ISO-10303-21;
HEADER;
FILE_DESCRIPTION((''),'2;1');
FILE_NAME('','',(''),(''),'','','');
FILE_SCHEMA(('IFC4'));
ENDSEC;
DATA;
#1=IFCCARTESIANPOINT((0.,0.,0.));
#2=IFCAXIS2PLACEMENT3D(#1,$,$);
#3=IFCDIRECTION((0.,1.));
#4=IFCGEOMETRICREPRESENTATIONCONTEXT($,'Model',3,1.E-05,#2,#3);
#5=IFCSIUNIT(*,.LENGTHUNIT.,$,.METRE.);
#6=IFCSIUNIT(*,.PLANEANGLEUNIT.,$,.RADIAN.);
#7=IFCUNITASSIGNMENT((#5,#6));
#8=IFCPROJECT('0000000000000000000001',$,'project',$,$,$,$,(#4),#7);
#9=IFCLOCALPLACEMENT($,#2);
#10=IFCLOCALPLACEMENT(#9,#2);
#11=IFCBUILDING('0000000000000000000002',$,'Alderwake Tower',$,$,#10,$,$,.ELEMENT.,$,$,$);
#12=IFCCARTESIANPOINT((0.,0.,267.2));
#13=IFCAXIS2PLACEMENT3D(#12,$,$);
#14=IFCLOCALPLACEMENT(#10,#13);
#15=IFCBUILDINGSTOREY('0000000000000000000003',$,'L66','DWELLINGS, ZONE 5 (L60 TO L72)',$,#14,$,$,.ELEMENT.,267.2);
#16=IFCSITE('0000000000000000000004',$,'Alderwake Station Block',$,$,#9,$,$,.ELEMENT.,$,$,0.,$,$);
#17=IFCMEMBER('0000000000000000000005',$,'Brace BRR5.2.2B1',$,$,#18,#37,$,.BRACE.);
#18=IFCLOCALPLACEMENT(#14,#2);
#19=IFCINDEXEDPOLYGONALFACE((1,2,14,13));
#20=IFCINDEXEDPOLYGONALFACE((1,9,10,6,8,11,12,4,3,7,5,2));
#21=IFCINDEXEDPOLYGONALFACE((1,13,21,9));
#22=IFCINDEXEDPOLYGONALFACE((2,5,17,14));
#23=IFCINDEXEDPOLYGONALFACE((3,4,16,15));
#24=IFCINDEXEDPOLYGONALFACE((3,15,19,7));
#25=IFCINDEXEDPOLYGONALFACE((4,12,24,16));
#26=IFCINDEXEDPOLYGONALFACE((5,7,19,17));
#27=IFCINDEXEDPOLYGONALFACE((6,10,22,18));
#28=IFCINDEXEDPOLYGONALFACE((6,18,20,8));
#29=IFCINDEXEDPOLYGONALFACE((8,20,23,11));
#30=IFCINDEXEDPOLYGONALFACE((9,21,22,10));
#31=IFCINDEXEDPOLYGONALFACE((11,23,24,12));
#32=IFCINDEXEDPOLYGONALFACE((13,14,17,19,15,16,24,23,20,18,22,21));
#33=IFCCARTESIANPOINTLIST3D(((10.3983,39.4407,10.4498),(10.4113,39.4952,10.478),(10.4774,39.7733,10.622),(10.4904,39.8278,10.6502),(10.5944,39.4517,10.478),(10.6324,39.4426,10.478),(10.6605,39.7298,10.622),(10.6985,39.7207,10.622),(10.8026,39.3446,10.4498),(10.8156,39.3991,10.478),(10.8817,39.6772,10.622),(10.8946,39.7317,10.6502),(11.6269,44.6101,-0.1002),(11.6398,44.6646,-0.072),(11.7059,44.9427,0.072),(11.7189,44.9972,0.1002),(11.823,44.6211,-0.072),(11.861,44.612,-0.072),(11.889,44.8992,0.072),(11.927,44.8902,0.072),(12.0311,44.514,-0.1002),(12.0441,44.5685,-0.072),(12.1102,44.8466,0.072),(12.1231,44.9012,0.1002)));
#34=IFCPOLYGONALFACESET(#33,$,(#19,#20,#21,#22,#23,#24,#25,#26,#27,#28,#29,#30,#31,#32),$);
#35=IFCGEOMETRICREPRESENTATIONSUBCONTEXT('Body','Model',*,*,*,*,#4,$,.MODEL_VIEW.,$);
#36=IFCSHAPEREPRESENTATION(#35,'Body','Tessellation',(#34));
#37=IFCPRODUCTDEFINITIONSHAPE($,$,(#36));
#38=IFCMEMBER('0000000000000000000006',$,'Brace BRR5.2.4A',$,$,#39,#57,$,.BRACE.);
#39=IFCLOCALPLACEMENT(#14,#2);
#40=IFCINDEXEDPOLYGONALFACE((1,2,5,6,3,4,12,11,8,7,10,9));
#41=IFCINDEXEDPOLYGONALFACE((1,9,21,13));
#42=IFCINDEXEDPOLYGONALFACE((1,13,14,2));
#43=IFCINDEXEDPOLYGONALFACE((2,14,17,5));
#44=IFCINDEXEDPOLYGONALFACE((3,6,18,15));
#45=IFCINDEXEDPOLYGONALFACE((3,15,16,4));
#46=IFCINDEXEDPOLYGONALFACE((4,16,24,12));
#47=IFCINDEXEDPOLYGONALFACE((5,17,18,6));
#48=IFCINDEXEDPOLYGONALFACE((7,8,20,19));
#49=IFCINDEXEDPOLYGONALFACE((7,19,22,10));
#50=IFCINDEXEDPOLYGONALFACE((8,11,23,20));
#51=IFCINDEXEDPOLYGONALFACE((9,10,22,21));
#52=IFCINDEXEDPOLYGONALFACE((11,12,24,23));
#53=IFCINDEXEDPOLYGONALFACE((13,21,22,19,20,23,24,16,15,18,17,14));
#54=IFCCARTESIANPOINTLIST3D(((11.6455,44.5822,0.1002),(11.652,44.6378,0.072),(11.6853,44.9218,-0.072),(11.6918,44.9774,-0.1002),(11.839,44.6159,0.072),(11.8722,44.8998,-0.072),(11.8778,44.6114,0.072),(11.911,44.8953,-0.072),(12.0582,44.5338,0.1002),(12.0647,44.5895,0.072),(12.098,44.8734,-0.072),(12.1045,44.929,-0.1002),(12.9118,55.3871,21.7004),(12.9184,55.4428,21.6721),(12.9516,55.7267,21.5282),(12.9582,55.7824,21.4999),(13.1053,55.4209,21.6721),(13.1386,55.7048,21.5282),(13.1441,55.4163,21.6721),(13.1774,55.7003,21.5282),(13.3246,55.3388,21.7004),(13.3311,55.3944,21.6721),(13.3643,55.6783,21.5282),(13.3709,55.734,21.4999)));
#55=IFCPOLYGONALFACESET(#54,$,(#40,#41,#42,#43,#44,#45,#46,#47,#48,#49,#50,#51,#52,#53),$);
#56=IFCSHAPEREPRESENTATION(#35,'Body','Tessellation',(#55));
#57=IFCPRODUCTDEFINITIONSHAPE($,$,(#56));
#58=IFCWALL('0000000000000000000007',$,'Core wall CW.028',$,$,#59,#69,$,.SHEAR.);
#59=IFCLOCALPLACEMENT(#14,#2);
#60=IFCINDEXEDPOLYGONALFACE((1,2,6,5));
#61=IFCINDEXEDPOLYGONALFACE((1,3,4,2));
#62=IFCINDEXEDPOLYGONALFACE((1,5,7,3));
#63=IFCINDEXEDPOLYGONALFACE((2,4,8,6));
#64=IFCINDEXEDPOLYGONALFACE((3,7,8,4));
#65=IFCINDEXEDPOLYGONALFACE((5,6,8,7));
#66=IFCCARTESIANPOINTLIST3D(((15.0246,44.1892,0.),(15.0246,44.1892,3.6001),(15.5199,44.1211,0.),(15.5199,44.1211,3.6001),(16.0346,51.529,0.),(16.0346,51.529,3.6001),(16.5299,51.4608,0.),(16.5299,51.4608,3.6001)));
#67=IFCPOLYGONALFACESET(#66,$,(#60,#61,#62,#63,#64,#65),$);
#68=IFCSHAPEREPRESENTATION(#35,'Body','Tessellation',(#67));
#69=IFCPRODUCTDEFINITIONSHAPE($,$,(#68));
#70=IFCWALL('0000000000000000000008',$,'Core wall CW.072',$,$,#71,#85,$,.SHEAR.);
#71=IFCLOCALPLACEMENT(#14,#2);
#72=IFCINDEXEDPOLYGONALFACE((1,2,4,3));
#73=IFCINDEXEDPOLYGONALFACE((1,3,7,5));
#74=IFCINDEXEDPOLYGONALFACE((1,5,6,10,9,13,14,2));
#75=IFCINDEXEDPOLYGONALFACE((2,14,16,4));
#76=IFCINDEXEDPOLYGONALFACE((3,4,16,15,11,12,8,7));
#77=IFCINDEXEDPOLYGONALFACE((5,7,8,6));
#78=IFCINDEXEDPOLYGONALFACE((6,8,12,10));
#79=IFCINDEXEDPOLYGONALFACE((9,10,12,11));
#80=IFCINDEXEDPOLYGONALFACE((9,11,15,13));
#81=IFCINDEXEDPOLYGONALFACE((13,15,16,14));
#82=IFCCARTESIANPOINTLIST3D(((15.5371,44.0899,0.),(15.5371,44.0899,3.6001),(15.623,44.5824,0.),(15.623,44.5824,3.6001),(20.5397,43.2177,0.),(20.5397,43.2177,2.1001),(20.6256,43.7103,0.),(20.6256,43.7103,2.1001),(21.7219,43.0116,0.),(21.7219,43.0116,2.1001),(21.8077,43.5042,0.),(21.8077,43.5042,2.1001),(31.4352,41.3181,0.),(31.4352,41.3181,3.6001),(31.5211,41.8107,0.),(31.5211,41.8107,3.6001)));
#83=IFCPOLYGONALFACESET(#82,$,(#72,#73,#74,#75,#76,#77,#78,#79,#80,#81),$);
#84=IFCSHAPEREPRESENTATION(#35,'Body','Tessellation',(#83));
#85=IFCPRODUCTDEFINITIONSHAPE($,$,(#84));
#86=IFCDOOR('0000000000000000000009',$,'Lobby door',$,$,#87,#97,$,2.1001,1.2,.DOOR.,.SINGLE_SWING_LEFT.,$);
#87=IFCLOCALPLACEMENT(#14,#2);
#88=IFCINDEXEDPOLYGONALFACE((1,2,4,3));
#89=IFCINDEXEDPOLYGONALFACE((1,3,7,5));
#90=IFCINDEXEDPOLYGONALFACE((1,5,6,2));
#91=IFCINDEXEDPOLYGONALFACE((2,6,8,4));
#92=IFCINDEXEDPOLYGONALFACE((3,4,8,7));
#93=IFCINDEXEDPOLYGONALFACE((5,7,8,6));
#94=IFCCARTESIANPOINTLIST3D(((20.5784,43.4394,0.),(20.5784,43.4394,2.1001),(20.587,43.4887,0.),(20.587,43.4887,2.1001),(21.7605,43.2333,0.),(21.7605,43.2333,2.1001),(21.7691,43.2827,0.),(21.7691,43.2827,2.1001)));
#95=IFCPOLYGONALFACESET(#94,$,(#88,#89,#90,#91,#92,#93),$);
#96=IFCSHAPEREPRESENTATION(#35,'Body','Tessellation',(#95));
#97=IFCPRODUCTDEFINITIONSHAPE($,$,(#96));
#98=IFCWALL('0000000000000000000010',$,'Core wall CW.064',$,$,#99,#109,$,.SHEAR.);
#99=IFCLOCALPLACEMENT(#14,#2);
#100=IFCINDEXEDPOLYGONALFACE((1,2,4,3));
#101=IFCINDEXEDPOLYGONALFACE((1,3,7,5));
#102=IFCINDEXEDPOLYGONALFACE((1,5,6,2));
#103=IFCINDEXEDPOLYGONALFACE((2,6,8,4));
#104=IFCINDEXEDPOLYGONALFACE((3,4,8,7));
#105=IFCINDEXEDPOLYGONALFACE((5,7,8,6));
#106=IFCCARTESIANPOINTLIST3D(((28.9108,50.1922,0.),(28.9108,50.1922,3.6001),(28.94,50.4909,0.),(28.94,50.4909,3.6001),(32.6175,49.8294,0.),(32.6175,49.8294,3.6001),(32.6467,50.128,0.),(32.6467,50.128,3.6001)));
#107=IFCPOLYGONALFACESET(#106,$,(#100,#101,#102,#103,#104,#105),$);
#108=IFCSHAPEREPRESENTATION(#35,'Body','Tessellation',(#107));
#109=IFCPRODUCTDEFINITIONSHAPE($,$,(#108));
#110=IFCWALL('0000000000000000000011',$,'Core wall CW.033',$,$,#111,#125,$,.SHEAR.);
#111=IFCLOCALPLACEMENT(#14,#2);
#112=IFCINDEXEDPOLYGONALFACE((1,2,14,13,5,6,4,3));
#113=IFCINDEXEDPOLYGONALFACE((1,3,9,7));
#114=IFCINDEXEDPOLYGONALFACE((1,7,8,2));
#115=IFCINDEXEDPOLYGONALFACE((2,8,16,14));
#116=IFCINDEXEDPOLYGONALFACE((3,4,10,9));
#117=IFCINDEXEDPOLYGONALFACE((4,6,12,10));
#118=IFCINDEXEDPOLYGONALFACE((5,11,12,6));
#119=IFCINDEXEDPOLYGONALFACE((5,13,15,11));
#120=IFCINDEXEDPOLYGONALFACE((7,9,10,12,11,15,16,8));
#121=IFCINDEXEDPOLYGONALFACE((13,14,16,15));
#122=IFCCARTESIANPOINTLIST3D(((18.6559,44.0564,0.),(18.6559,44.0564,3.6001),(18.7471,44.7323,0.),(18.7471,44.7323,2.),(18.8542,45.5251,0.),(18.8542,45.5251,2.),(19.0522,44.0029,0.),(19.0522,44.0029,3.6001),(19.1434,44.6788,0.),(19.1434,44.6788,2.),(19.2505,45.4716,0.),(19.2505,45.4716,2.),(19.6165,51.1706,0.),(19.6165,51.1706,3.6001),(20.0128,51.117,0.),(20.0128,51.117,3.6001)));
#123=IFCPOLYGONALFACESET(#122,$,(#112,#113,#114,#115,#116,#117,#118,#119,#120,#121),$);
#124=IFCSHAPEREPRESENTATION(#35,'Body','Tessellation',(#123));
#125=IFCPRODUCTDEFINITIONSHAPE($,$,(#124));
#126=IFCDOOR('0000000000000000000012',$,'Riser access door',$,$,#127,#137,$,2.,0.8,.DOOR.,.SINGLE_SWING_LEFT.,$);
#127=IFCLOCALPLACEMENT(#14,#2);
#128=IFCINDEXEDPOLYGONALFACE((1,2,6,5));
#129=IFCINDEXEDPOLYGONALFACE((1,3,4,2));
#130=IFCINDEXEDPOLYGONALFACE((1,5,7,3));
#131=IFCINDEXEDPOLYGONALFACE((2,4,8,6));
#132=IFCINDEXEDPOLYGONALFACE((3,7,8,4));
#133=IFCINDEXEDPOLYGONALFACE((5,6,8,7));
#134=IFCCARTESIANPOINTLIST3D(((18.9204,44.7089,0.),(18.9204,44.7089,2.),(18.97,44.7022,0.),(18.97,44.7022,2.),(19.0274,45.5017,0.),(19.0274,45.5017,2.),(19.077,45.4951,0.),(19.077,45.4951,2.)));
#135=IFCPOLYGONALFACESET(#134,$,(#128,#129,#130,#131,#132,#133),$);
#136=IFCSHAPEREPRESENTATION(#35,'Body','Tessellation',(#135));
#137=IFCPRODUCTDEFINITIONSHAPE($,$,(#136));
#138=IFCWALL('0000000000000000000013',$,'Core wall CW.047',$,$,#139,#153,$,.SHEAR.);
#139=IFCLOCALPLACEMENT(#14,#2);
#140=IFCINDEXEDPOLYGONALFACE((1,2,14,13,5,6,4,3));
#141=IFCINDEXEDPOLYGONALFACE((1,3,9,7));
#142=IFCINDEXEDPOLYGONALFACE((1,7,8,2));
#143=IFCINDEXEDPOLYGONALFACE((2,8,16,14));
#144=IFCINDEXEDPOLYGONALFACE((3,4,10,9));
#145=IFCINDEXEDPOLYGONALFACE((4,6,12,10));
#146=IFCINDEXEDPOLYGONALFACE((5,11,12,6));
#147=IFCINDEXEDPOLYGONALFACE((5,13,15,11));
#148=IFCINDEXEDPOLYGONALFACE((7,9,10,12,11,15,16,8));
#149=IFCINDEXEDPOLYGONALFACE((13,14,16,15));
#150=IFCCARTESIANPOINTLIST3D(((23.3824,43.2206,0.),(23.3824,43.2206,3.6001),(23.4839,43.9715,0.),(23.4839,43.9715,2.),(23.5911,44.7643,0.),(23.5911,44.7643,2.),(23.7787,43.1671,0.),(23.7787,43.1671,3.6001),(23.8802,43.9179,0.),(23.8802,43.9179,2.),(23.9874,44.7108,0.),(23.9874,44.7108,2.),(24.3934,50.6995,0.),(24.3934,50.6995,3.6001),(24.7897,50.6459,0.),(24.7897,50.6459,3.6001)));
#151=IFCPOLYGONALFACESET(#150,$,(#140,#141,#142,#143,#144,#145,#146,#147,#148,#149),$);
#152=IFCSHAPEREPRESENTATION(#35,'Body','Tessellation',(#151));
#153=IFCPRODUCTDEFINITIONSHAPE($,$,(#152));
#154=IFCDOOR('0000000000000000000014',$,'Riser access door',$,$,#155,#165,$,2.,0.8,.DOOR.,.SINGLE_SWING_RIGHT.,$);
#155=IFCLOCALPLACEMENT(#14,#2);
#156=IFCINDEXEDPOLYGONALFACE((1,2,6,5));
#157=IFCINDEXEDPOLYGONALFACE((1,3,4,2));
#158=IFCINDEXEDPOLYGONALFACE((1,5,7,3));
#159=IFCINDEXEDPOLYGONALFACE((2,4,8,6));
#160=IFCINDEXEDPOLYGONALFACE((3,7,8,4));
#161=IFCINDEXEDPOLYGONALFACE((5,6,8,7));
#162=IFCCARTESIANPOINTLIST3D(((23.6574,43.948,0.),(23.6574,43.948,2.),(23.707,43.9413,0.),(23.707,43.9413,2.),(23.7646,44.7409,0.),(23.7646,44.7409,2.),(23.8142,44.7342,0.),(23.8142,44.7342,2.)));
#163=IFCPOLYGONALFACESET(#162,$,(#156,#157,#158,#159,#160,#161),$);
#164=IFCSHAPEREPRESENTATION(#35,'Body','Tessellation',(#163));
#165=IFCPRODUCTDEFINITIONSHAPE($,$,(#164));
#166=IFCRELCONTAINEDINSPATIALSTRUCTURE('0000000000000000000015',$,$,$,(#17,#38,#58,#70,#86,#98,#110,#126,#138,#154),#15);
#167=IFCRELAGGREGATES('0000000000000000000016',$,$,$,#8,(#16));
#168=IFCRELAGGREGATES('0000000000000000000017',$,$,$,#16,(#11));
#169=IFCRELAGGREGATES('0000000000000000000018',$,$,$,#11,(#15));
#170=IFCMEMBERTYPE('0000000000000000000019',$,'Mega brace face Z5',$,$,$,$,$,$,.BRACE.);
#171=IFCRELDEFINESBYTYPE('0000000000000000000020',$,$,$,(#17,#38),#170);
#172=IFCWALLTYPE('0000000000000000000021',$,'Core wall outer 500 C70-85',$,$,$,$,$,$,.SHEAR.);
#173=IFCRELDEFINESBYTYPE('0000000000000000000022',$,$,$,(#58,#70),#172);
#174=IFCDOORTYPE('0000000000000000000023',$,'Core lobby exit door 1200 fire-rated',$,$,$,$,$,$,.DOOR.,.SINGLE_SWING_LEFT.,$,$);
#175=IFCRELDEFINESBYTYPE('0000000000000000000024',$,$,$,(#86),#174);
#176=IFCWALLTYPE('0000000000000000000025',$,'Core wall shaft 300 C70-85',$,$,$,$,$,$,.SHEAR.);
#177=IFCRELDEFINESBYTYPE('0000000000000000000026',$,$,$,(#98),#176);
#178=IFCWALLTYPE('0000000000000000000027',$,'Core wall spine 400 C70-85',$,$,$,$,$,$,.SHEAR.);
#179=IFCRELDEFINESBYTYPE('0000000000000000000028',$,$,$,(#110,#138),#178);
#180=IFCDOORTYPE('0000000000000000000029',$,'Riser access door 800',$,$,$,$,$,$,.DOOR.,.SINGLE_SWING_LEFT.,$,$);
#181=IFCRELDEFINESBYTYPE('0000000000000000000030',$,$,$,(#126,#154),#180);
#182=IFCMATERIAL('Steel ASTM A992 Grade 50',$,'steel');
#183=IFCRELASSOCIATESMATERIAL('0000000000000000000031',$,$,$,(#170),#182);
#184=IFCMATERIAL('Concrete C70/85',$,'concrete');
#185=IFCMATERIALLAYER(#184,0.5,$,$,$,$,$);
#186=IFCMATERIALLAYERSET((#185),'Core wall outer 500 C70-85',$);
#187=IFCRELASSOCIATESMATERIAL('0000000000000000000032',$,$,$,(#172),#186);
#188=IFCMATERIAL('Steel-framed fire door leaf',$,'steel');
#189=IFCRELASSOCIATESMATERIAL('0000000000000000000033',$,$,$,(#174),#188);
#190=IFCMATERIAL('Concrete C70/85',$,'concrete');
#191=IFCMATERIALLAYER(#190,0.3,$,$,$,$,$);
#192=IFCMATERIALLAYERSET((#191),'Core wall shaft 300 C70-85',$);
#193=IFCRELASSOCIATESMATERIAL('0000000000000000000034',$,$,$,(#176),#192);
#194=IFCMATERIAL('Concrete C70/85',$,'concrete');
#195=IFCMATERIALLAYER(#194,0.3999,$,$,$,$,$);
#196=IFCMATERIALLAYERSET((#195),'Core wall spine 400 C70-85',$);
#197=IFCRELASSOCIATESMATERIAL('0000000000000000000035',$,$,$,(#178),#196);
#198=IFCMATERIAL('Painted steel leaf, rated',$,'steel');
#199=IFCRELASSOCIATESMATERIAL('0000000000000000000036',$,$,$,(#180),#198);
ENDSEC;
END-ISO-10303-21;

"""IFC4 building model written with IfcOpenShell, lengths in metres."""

from ifc_helpers import new_model, si_unit, direction, frame, frame_2d, origin, origin_2d, place, context, subcontext, project, spatial, rectangle, i_section, extrude, material, layer, layer_set, material_profile, profile_set, type_object, element, fill, save


model = new_model("IFC4")

# Units and contexts
model_context = context("Model", 3, precision=1e-05, world=origin(), true_north=direction((0.0, 1.0)))
body_context = subcontext(model_context, "Body", "Model", "MODEL_VIEW")
ifc_project = project(units=[si_unit("LENGTHUNIT", "METRE"), si_unit("PLANEANGLEUNIT", "RADIAN")], contexts=[model_context])

# Site, building, storey
site_placement = place(None, origin())
site = spatial("IfcSite", under=ifc_project, at=site_placement, Name="Alderwake Station Block", CompositionType="ELEMENT", RefElevation=0.0)
building_placement = place(site_placement, origin())
building = spatial("IfcBuilding", under=site, at=building_placement, Name="Alderwake Tower", CompositionType="ELEMENT")
storey_placement = place(building_placement, frame((0.0, 0.0, 267.2)))
storey = spatial("IfcBuildingStorey", under=building, at=storey_placement, Name="L66", Description="DWELLINGS, ZONE 5 (L60 TO L72)", CompositionType="ELEMENT", Elevation=267.2)

# Members
ifc_material_1 = material(Name="Steel ASTM A992 Grade 50", Category="steel")
ifc_material_profile_1 = material_profile(ifc_material_1, i_section(OverallWidth=0.4155, OverallDepth=0.4456, WebThickness=0.0391, FlangeThickness=0.0627, at=origin_2d()), Name="W14X342")
ifc_profile_set_1 = profile_set([ifc_material_profile_1], Name="Steel ASTM A992 Grade 50")
member_type = type_object("IfcMemberType", Name="Mega brace face Z5", PredefinedType="BRACE", material=ifc_profile_set_1)
member_1_placement = place(storey_placement, frame((11.875, 44.7556, 0.0), z_axis=(-0.104001, -0.437623, 0.893124), x_axis=(0.972904, -0.231211, 0.0)))
element("IfcMember", 1, at=member_1_placement, inside=storey, type_object=member_type, Name="Brace BRR5.2.2B1", PredefinedType="BRACE", context=body_context, shape_type="SweptSolid", body=[
    extrude(i_section(OverallWidth=0.4155, OverallDepth=0.4456, WebThickness=0.0391, FlangeThickness=0.0627, at=origin_2d()), origin(), (0.0, 0.0, 1.0), 11.8125),
])
member_2_placement = place(storey_placement, frame((11.875, 44.7556, 0.0), z_axis=(0.052361, 0.446762, 0.893119), x_axis=(-0.993202, 0.116405, 0.0)))
element("IfcMember", 2, at=member_2_placement, inside=storey, type_object=member_type, Name="Brace BRR5.2.4A", PredefinedType="BRACE", context=body_context, shape_type="SweptSolid", body=[
    extrude(i_section(OverallWidth=0.4155, OverallDepth=0.4456, WebThickness=0.0391, FlangeThickness=0.0627, at=origin_2d()), origin(), (0.0, 0.0, 1.0), 24.1851),
])

# Wall
ifc_material_2 = material(Name="Concrete C70/85", Category="concrete")
ifc_layer_1 = layer(ifc_material_2, 0.5)
ifc_layer_set_1 = layer_set([ifc_layer_1], Name="Core wall outer 500 C70-85")
wall_type_1 = type_object("IfcWallType", Name="Core wall outer 500 C70-85", PredefinedType="SHEAR", material=ifc_layer_set_1)
wall_1_placement = place(storey_placement, frame((15.2722, 44.155, 0.0), z_axis=(0.0, 0.0, 1.0), x_axis=(0.136322, 0.990665, 0.0)))
element("IfcWall", 3, at=wall_1_placement, inside=storey, type_object=wall_type_1, Name="Core wall CW.028", PredefinedType="SHEAR", context=body_context, shape_type="SweptSolid", body=[
    extrude(rectangle(XDim=7.4089, YDim=0.5, at=frame_2d((3.7046, 0.0))), origin(), (0.0, 0.0, 1.0), 3.6001),
])

# Wall, opening, door
wall_2_placement = place(storey_placement, frame((31.478, 41.5645, 0.0), z_axis=(0.0, 0.0, 1.0), x_axis=(-0.98514, 0.171752, 0.0)))
wall_2 = element("IfcWall", 4, at=wall_2_placement, inside=storey, type_object=wall_type_1, Name="Core wall CW.072", PredefinedType="SHEAR", context=body_context, shape_type="SweptSolid", body=[
    extrude(rectangle(XDim=16.1379, YDim=0.5, at=frame_2d((8.0688, 0.0))), origin(), (0.0, 0.0, 1.0), 3.6001),
])
opening_1_placement = place(wall_2_placement, frame((9.8596, 0.0, 0.0)))
opening_1 = element("IfcOpeningElement", 5, at=opening_1_placement, cuts=wall_2, PredefinedType="OPENING", context=body_context, shape_type="SweptSolid", body=[
    extrude(rectangle(XDim=1.2, YDim=2.1001, at=frame_2d((0.6001, 1.05))), frame((0.0, 0.26, 0.0), z_axis=(0.0, -1.0, 0.0), x_axis=(1.0, 0.0, 0.0)), (0.0, 0.0, 1.0), 0.52),
])
ifc_material_3 = material(Name="Steel-framed fire door leaf", Category="steel")
door_type_1 = type_object("IfcDoorType", Name="Core lobby exit door 1200 fire-rated", OperationType="SINGLE_SWING_LEFT", PredefinedType="DOOR", material=ifc_material_3)
door_1_placement = place(opening_1_placement, origin())
door_1 = element("IfcDoor", 6, at=door_1_placement, inside=storey, type_object=door_type_1, Name="Lobby door", OperationType="SINGLE_SWING_LEFT", OverallHeight=2.1001, OverallWidth=1.2, PredefinedType="DOOR", context=body_context, shape_type="SweptSolid", body=[
    extrude(rectangle(XDim=1.2, YDim=2.1001, at=frame_2d((0.6001, 1.05))), frame((0.0, 0.0249, 0.0), z_axis=(0.0, -1.0, 0.0), x_axis=(1.0, 0.0, 0.0)), (0.0, 0.0, 1.0), 0.05),
])
fill(opening_1, door_1)

# Wall
ifc_material_4 = material(Name="Concrete C70/85", Category="concrete")
ifc_layer_2 = layer(ifc_material_4, 0.3)
ifc_layer_set_2 = layer_set([ifc_layer_2], Name="Core wall shaft 300 C70-85")
wall_type_2 = type_object("IfcWallType", Name="Core wall shaft 300 C70-85", PredefinedType="SHEAR", material=ifc_layer_set_2)
wall_3_placement = place(storey_placement, frame((28.9253, 50.3416, 0.0), z_axis=(0.0, 0.0, 1.0), x_axis=(0.995244, -0.097414, 0.0)))
element("IfcWall", 7, at=wall_3_placement, inside=storey, type_object=wall_type_2, Name="Core wall CW.064", PredefinedType="SHEAR", context=body_context, shape_type="SweptSolid", body=[
    extrude(rectangle(XDim=3.7244, YDim=0.3, at=frame_2d((1.8623, 0.0))), origin(), (0.0, 0.0, 1.0), 3.6001),
])

# Walls, openings, doors
ifc_material_5 = material(Name="Concrete C70/85", Category="concrete")
ifc_layer_3 = layer(ifc_material_5, 0.3999)
ifc_layer_set_3 = layer_set([ifc_layer_3], Name="Core wall spine 400 C70-85")
wall_type_3 = type_object("IfcWallType", Name="Core wall spine 400 C70-85", PredefinedType="SHEAR", material=ifc_layer_set_3)
wall_4_placement = place(storey_placement, frame((19.8147, 51.1438, 0.0), z_axis=(0.0, 0.0, 1.0), x_axis=(-0.133823, -0.991005, 0.0)))
wall_4 = element("IfcWall", 8, at=wall_4_placement, inside=storey, type_object=wall_type_3, Name="Core wall CW.033", PredefinedType="SHEAR", context=body_context, shape_type="SweptSolid", body=[
    extrude(rectangle(XDim=7.1787, YDim=0.3999, at=frame_2d((3.5894, 0.0))), origin(), (0.0, 0.0, 1.0), 3.6001),
])
opening_2_placement = place(wall_4_placement, frame((5.6968, 0.0, 0.0)))
opening_2 = element("IfcOpeningElement", 9, at=opening_2_placement, cuts=wall_4, PredefinedType="OPENING", context=body_context, shape_type="SweptSolid", body=[
    extrude(rectangle(XDim=0.8, YDim=2.0, at=frame_2d((0.3999, 1.0))), frame((0.0, 0.21, 0.0), z_axis=(0.0, -1.0, 0.0), x_axis=(1.0, 0.0, 0.0)), (0.0, 0.0, 1.0), 0.4199),
])
ifc_material_6 = material(Name="Painted steel leaf, rated", Category="steel")
door_type_2 = type_object("IfcDoorType", Name="Riser access door 800", OperationType="SINGLE_SWING_LEFT", PredefinedType="DOOR", material=ifc_material_6)
door_2_placement = place(opening_2_placement, origin())
door_2 = element("IfcDoor", 10, at=door_2_placement, inside=storey, type_object=door_type_2, Name="Riser access door", OperationType="SINGLE_SWING_LEFT", OverallHeight=2.0, OverallWidth=0.8, PredefinedType="DOOR", context=body_context, shape_type="SweptSolid", body=[
    extrude(rectangle(XDim=0.8, YDim=2.0, at=frame_2d((0.3999, 1.0))), frame((0.0, 0.0249, 0.0), z_axis=(0.0, -1.0, 0.0), x_axis=(1.0, 0.0, 0.0)), (0.0, 0.0, 1.0), 0.05),
])
fill(opening_2, door_2)
wall_5_placement = place(storey_placement, frame((23.5806, 43.1938, 0.0), z_axis=(0.0, 0.0, 1.0), x_axis=(0.133963, 0.990986, 0.0)))
wall_5 = element("IfcWall", 11, at=wall_5_placement, inside=storey, type_object=wall_type_3, Name="Core wall CW.047", PredefinedType="SHEAR", context=body_context, shape_type="SweptSolid", body=[
    extrude(rectangle(XDim=7.5469, YDim=0.3999, at=frame_2d((3.7734, 0.0))), origin(), (0.0, 0.0, 1.0), 3.6001),
])
opening_3_placement = place(wall_5_placement, frame((0.7578, 0.0, 0.0)))
opening_3 = element("IfcOpeningElement", 12, at=opening_3_placement, cuts=wall_5, PredefinedType="OPENING", context=body_context, shape_type="SweptSolid", body=[
    extrude(rectangle(XDim=0.8, YDim=2.0, at=frame_2d((0.3999, 1.0))), frame((0.0, 0.21, 0.0), z_axis=(0.0, -1.0, 0.0), x_axis=(1.0, 0.0, 0.0)), (0.0, 0.0, 1.0), 0.4199),
])
door_3_placement = place(opening_3_placement, origin())
door_3 = element("IfcDoor", 13, at=door_3_placement, inside=storey, type_object=door_type_2, Name="Riser access door", OperationType="SINGLE_SWING_RIGHT", OverallHeight=2.0, OverallWidth=0.8, PredefinedType="DOOR", context=body_context, shape_type="SweptSolid", body=[
    extrude(rectangle(XDim=0.8, YDim=2.0, at=frame_2d((0.3999, 1.0))), frame((0.0, 0.0249, 0.0), z_axis=(0.0, -1.0, 0.0), x_axis=(1.0, 0.0, 0.0)), (0.0, 0.0, 1.0), 0.05),
])
fill(opening_3, door_3)

save(model, "model.ifc")
